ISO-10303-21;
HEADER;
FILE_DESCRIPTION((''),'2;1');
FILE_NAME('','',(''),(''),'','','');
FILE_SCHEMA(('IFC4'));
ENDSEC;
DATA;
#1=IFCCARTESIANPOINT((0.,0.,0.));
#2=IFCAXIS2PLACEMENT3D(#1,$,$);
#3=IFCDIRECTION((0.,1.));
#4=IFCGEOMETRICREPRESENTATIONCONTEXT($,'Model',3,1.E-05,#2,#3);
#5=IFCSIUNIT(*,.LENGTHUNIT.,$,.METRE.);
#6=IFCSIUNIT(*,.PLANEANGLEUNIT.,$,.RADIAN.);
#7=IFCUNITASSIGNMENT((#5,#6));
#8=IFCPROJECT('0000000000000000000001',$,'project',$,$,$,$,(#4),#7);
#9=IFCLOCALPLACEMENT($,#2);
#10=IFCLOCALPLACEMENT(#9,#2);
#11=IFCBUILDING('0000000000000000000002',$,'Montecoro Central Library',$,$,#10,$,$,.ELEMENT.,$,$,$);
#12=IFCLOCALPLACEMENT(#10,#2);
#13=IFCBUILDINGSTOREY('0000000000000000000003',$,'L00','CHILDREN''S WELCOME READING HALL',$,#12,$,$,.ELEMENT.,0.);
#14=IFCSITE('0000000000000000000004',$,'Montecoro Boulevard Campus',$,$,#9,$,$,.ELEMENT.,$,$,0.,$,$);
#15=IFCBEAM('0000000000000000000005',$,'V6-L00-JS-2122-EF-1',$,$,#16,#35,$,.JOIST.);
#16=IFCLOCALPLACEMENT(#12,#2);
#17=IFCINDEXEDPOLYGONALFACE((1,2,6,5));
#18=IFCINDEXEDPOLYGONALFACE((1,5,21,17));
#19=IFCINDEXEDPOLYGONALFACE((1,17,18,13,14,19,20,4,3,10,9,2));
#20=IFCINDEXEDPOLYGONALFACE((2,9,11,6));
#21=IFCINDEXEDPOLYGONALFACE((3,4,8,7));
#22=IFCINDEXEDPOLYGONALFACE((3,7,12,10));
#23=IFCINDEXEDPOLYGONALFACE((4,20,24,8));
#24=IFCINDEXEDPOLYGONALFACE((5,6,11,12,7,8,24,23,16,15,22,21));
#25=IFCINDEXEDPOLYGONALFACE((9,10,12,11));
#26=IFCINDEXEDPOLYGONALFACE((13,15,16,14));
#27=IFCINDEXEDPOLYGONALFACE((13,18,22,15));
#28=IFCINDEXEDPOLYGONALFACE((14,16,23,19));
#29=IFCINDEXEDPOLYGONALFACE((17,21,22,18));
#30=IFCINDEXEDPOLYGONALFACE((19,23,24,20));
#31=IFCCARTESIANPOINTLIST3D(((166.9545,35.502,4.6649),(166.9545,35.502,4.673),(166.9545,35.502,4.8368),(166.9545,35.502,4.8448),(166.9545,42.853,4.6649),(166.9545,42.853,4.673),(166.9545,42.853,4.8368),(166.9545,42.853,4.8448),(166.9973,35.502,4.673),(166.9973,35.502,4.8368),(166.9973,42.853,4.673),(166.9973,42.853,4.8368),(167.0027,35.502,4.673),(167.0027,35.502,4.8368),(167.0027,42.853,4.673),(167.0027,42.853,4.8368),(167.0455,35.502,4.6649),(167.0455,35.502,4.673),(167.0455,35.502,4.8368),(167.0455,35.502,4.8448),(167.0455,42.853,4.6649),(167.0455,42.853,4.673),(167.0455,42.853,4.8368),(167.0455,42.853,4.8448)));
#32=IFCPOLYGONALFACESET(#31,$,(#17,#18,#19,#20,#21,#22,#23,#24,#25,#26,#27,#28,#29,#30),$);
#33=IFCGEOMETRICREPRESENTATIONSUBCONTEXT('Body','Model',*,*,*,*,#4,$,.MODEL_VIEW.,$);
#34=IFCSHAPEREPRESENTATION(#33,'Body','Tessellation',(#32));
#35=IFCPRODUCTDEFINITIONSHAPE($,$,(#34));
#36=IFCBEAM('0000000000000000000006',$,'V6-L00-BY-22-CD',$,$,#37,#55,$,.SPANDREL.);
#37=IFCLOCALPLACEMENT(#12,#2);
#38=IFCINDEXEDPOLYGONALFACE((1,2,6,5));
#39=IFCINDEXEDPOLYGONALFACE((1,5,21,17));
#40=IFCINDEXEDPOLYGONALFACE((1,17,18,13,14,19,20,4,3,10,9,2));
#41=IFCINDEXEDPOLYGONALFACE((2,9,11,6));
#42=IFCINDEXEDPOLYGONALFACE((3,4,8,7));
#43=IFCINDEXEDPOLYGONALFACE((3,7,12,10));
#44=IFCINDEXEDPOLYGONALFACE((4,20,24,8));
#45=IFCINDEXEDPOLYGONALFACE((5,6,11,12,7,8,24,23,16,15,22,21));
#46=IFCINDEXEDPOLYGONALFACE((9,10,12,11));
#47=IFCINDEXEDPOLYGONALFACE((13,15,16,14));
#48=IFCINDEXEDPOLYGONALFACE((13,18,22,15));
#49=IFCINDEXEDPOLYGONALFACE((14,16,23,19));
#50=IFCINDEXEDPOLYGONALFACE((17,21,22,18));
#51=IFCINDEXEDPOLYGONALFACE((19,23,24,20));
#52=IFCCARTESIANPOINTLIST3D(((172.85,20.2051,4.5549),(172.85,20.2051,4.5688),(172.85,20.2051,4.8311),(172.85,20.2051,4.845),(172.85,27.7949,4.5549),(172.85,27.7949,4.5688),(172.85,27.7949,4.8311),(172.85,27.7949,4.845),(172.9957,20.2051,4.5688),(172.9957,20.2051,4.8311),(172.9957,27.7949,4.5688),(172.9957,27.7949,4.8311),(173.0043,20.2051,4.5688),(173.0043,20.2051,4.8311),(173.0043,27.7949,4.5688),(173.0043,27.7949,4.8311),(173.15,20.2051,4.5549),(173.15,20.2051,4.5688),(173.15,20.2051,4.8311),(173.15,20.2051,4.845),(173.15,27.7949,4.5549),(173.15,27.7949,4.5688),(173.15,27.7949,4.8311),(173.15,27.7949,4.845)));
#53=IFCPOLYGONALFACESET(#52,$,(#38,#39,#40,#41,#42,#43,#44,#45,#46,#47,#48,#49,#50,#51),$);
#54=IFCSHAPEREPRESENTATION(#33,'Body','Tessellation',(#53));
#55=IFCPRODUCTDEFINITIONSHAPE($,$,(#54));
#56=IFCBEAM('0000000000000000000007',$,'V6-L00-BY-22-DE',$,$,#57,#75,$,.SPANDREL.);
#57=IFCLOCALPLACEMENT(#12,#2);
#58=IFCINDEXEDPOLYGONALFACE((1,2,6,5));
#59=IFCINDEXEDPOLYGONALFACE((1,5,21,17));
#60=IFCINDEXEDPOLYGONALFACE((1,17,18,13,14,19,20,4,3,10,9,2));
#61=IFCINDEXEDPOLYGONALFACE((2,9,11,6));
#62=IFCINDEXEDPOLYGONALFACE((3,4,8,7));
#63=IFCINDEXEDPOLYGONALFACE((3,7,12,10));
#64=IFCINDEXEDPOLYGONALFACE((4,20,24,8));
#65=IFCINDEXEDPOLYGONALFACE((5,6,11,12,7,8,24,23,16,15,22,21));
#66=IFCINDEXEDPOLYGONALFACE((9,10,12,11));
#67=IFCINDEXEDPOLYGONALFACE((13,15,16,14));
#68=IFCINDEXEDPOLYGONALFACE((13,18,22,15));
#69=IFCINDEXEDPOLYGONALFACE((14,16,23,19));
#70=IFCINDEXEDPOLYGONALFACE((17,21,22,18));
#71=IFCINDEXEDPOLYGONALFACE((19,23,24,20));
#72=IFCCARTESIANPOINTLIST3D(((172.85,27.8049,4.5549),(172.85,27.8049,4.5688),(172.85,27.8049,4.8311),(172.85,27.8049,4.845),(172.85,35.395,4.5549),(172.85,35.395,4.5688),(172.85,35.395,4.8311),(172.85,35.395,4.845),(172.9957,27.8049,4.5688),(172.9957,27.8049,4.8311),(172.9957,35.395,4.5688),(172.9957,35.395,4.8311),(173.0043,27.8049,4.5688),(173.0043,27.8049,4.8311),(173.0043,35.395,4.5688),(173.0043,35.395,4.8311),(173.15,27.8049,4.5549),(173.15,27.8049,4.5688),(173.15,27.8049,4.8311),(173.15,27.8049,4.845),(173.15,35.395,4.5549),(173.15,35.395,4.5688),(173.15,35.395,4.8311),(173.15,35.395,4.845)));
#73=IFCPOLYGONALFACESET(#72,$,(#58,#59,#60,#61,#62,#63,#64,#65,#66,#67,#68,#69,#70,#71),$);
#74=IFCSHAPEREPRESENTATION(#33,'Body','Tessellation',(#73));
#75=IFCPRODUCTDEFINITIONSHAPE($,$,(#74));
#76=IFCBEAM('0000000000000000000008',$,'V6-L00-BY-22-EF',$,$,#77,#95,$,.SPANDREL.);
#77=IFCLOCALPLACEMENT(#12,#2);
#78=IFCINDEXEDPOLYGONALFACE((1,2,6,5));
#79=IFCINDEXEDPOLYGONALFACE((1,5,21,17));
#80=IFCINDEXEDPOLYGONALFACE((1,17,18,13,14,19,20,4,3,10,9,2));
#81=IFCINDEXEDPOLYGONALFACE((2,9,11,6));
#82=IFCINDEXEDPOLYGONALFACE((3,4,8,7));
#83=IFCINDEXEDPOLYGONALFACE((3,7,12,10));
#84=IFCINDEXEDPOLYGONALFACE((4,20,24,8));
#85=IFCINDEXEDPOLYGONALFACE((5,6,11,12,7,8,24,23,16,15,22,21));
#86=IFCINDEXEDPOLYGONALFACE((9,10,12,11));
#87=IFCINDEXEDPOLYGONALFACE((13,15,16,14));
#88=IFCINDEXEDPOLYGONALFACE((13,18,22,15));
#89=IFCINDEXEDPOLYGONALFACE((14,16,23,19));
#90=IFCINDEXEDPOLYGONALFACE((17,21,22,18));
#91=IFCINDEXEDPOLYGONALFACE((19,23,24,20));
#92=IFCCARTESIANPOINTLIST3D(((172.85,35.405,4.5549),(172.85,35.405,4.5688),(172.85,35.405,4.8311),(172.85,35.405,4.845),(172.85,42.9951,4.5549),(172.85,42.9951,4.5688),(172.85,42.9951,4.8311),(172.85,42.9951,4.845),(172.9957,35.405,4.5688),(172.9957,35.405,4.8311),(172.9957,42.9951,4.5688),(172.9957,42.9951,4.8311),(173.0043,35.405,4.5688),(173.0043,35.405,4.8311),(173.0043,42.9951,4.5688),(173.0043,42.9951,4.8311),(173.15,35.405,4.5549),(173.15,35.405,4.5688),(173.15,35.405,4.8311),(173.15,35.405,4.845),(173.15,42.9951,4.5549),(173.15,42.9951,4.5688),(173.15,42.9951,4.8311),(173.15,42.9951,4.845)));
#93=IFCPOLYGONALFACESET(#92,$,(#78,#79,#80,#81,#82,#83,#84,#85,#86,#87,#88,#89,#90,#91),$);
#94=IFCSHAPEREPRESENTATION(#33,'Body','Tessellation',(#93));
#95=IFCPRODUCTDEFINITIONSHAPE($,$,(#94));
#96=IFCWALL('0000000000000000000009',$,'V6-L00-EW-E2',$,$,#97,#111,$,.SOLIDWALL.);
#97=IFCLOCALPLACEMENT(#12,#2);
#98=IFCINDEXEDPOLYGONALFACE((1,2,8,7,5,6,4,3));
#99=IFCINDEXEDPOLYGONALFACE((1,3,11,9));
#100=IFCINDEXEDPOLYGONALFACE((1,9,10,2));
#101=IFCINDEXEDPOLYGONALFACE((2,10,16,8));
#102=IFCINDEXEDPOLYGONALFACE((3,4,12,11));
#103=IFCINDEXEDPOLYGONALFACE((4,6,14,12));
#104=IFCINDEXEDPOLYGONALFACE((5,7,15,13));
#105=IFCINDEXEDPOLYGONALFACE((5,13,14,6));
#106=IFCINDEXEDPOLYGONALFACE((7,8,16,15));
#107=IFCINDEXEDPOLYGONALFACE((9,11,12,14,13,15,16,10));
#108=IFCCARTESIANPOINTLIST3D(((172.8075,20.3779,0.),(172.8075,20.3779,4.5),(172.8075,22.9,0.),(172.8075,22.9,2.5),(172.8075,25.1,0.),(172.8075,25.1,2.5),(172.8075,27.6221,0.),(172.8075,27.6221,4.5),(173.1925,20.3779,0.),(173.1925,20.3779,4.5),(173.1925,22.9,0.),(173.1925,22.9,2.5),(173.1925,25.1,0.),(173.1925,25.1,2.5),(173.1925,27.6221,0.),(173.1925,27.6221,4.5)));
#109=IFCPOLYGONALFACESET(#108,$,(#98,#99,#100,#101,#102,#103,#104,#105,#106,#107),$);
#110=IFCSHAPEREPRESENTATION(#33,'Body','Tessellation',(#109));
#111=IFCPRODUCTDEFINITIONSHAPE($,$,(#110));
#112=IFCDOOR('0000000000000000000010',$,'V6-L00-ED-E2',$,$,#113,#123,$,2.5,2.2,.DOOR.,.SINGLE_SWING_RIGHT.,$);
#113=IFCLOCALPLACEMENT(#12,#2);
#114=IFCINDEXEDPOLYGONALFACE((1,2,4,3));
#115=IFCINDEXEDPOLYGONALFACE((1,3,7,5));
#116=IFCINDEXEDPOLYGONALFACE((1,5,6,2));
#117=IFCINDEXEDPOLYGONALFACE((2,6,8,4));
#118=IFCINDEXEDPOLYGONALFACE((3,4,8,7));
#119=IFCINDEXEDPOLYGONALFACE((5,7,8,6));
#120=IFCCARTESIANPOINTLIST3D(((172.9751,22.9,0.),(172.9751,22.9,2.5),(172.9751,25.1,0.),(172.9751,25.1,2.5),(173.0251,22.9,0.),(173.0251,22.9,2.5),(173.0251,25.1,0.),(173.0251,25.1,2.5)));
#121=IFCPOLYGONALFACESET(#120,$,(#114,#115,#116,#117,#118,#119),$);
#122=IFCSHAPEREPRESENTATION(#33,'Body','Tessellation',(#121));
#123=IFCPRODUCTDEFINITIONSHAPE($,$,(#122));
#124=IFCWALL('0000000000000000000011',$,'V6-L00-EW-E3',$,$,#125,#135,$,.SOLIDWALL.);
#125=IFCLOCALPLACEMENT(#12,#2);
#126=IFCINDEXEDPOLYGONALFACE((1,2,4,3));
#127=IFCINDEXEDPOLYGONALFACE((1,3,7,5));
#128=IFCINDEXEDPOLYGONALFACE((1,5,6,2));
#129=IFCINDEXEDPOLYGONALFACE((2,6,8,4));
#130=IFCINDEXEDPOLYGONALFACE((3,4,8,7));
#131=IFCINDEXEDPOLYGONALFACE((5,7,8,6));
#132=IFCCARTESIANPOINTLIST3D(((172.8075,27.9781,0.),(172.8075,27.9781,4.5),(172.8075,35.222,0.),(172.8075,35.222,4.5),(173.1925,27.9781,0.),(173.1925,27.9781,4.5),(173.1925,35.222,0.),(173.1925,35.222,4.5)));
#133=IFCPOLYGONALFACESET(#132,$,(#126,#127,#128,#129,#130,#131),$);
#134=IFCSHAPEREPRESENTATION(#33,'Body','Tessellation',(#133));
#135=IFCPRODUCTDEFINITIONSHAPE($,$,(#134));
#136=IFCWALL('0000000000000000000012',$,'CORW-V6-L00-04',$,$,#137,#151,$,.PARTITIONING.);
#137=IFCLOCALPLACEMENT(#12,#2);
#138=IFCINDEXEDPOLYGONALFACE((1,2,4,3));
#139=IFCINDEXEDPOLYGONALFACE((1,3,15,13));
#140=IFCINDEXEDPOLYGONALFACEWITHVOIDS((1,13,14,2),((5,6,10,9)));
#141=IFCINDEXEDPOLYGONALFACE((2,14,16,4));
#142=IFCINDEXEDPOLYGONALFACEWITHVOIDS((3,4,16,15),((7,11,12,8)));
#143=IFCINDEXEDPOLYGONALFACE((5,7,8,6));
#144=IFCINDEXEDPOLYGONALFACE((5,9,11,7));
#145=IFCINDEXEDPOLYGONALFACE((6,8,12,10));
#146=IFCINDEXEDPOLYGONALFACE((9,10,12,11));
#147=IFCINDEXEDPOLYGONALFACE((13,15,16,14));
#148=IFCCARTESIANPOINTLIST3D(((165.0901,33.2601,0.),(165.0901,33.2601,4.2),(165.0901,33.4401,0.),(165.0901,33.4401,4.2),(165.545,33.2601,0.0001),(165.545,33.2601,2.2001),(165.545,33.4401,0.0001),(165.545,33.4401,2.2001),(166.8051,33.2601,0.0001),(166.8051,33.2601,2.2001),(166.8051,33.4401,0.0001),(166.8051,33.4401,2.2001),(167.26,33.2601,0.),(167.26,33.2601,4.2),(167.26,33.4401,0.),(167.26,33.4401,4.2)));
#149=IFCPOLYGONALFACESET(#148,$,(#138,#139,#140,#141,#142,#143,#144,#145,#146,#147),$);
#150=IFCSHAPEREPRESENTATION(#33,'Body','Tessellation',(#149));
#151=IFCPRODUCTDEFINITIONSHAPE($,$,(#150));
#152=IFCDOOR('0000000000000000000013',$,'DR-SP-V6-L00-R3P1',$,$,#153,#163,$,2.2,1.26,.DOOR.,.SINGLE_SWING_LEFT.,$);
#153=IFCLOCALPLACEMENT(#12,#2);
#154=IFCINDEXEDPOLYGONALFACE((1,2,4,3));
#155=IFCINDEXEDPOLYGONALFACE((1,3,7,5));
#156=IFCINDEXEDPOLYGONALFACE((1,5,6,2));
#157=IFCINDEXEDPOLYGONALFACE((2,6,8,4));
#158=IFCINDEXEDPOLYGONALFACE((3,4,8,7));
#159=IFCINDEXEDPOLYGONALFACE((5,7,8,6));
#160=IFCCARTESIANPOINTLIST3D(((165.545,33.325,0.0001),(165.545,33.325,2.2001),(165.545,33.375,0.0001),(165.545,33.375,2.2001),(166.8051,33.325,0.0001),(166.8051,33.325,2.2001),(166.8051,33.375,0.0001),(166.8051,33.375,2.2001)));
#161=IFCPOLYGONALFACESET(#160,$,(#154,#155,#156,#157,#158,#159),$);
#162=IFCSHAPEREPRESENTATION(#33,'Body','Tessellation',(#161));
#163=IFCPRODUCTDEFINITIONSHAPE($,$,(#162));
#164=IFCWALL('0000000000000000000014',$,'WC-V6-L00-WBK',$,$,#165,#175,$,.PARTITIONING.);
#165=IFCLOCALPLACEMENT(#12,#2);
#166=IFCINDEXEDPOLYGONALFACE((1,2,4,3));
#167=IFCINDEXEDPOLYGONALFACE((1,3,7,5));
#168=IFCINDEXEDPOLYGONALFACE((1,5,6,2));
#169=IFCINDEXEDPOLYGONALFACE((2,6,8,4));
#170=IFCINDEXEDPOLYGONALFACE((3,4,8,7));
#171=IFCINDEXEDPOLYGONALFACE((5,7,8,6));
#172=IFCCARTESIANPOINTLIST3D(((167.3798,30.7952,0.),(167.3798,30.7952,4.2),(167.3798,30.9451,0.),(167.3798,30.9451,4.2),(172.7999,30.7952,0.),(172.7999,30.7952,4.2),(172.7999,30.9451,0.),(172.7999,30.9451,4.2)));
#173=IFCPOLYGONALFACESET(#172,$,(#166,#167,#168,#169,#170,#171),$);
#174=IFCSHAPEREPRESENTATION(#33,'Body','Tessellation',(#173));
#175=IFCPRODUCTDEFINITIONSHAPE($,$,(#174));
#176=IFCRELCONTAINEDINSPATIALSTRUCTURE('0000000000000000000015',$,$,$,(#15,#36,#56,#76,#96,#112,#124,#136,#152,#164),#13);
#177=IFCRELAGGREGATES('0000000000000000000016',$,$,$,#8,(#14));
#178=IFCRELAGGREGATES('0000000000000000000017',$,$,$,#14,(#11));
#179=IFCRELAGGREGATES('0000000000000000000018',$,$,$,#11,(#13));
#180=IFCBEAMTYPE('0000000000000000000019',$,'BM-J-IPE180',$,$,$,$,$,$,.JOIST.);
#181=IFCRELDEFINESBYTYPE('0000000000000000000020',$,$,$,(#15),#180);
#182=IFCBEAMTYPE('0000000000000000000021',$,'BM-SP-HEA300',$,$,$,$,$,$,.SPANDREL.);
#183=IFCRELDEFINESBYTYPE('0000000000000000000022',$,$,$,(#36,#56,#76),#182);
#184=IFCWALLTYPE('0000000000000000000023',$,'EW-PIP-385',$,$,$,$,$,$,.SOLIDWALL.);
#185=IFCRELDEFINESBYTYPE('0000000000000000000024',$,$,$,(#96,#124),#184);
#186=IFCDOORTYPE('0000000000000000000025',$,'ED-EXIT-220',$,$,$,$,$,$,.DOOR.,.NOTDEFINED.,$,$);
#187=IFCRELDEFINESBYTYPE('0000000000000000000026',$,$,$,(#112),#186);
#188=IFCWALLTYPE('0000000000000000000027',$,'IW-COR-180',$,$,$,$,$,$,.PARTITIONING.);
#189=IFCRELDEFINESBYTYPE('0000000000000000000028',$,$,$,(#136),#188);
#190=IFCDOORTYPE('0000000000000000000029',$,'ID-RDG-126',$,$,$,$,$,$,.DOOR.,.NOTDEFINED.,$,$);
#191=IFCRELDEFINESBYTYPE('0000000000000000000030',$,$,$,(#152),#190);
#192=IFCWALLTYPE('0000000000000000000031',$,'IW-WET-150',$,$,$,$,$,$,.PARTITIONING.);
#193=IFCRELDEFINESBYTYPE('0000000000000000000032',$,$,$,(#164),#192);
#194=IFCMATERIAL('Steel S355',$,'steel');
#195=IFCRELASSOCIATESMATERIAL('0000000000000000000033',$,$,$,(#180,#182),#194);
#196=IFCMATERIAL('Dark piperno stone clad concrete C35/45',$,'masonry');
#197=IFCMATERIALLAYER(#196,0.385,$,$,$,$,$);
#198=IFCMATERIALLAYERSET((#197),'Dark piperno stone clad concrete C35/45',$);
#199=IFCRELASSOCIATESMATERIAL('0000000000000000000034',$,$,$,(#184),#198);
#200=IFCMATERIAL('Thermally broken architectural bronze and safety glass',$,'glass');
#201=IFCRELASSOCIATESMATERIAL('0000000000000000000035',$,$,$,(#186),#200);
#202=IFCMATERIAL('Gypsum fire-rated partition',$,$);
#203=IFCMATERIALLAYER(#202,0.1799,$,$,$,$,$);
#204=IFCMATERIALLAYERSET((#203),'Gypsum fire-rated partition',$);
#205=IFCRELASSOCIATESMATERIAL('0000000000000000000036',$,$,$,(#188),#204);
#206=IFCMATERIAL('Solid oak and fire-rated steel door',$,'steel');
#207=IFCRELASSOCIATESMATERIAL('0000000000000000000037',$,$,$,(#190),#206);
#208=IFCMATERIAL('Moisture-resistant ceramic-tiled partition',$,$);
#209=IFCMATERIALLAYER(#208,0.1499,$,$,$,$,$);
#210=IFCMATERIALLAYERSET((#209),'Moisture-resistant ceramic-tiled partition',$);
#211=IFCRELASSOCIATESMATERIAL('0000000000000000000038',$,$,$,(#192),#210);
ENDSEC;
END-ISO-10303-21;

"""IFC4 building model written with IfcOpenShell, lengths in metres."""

from ifc_helpers import new_model, si_unit, direction, frame, frame_2d, origin, origin_2d, place, context, subcontext, project, spatial, rectangle, i_section, extrude, material, layer, layer_set, material_profile, profile_set, type_object, element, fill, save


model = new_model("IFC4")

# Units and contexts
model_context = context("Model", 3, precision=1e-05, world=origin(), true_north=direction((0.0, 1.0)))
body_context = subcontext(model_context, "Body", "Model", "MODEL_VIEW")
ifc_project = project(units=[si_unit("LENGTHUNIT", "METRE"), si_unit("PLANEANGLEUNIT", "RADIAN")], contexts=[model_context])

# Site, building, storey
site_placement = place(None, origin())
site = spatial("IfcSite", under=ifc_project, at=site_placement, Name="Montecoro Boulevard Campus", CompositionType="ELEMENT", RefElevation=0.0)
building_placement = place(site_placement, origin())
building = spatial("IfcBuilding", under=site, at=building_placement, Name="Montecoro Central Library", CompositionType="ELEMENT")
storey_placement = place(building_placement, origin())
storey = spatial("IfcBuildingStorey", under=building, at=storey_placement, Name="L00", Description="CHILDREN'S WELCOME READING HALL", CompositionType="ELEMENT", Elevation=0.0)

# Beams
ifc_material_1 = material(Name="Steel S355", Category="steel")
ifc_material_profile_1 = material_profile(ifc_material_1, i_section(OverallWidth=0.0911, OverallDepth=0.1799, WebThickness=0.0054, FlangeThickness=0.0081, at=origin_2d()), Name="IPE 180")
ifc_profile_set_1 = profile_set([ifc_material_profile_1], Name="Steel S355")
beam_type_1 = type_object("IfcBeamType", Name="BM-J-IPE180", PredefinedType="JOIST", material=ifc_profile_set_1)
beam_1_placement = place(storey_placement, frame((167.0, 35.502, 4.7549), z_axis=(0.0, 1.0, 0.0), x_axis=(-1.0, 0.0, 0.0)))
element("IfcBeam", 1, at=beam_1_placement, inside=storey, type_object=beam_type_1, Name="V6-L00-JS-2122-EF-1", PredefinedType="JOIST", context=body_context, shape_type="SweptSolid", body=[
    extrude(i_section(OverallWidth=0.0911, OverallDepth=0.1799, WebThickness=0.0054, FlangeThickness=0.0081, at=origin_2d()), origin(), (0.0, 0.0, 1.0), 7.3511),
])
ifc_material_profile_2 = material_profile(ifc_material_1, i_section(OverallWidth=0.3, OverallDepth=0.29, WebThickness=0.0085, FlangeThickness=0.0139, at=origin_2d()), Name="HEA 300")
ifc_profile_set_2 = profile_set([ifc_material_profile_2], Name="Steel S355")
beam_type_2 = type_object("IfcBeamType", Name="BM-SP-HEA300", PredefinedType="SPANDREL", material=ifc_profile_set_2)
beam_2_placement = place(storey_placement, frame((173.0, 20.2051, 4.7), z_axis=(0.0, 1.0, 0.0), x_axis=(-1.0, 0.0, 0.0)))
element("IfcBeam", 2, at=beam_2_placement, inside=storey, type_object=beam_type_2, Name="V6-L00-BY-22-CD", PredefinedType="SPANDREL", context=body_context, shape_type="SweptSolid", body=[
    extrude(i_section(OverallWidth=0.3, OverallDepth=0.29, WebThickness=0.0085, FlangeThickness=0.0139, at=origin_2d()), origin(), (0.0, 0.0, 1.0), 7.5898),
])
for number, where, z_axis, x_axis, name in (
    (3, (173.0, 27.8049, 4.7), (0.0, 1.0, 0.0), (-1.0, 0.0, 0.0), "V6-L00-BY-22-DE"),
    (4, (173.0, 35.405, 4.7), (0.0, 1.0, 0.0), (-1.0, 0.0, 0.0), "V6-L00-BY-22-EF"),
):
    element("IfcBeam", number, at=place(storey_placement, frame(where, z_axis=z_axis, x_axis=x_axis)), inside=storey, type_object=beam_type_2, Name=name, PredefinedType="SPANDREL", context=body_context, shape_type="SweptSolid", body=[
        extrude(i_section(OverallWidth=0.3, OverallDepth=0.29, WebThickness=0.0085, FlangeThickness=0.0139, at=origin_2d()), origin(), (0.0, 0.0, 1.0), 7.5901),
    ])

# Wall, opening, door
ifc_material_2 = material(Name="Dark piperno stone clad concrete C35/45", Category="masonry")
ifc_layer_1 = layer(ifc_material_2, 0.385)
ifc_layer_set_1 = layer_set([ifc_layer_1], Name="Dark piperno stone clad concrete C35/45")
wall_type_1 = type_object("IfcWallType", Name="EW-PIP-385", PredefinedType="SOLIDWALL", material=ifc_layer_set_1)
wall_1_placement = place(storey_placement, frame((173.0, 20.3779, 0.0), z_axis=(0.0, 0.0, 1.0), x_axis=(0.0, 1.0, 0.0)))
wall_1 = element("IfcWall", 5, at=wall_1_placement, inside=storey, type_object=wall_type_1, Name="V6-L00-EW-E2", PredefinedType="SOLIDWALL", context=body_context, shape_type="SweptSolid", body=[
    extrude(rectangle(XDim=7.2441, YDim=0.385, at=frame_2d((3.6221, 0.0))), origin(), (0.0, 0.0, 1.0), 4.5),
])
opening_1_placement = place(wall_1_placement, frame((2.522, 0.0, 0.0)))
opening_1 = element("IfcOpeningElement", 6, at=opening_1_placement, cuts=wall_1, PredefinedType="OPENING", context=body_context, shape_type="SweptSolid", body=[
    extrude(rectangle(XDim=2.2, YDim=2.5, at=frame_2d((1.1001, 1.25))), frame((0.0, 0.2024, 0.0), z_axis=(0.0, -1.0, 0.0), x_axis=(1.0, 0.0, 0.0)), (0.0, 0.0, 1.0), 0.405),
])
ifc_material_3 = material(Name="Thermally broken architectural bronze and safety glass", Category="glass")
door_type_1 = type_object("IfcDoorType", Name="ED-EXIT-220", OperationType="NOTDEFINED", PredefinedType="DOOR", material=ifc_material_3)
door_1_placement = place(opening_1_placement, origin())
door_1 = element("IfcDoor", 7, at=door_1_placement, inside=storey, type_object=door_type_1, Name="V6-L00-ED-E2", OperationType="SINGLE_SWING_RIGHT", OverallHeight=2.5, OverallWidth=2.2, PredefinedType="DOOR", context=body_context, shape_type="SweptSolid", body=[
    extrude(rectangle(XDim=2.2, YDim=2.5, at=frame_2d((1.1001, 1.25))), frame((0.0, 0.0249, 0.0), z_axis=(0.0, -1.0, 0.0), x_axis=(1.0, 0.0, 0.0)), (0.0, 0.0, 1.0), 0.05),
])
fill(opening_1, door_1)

# Wall
wall_2_placement = place(storey_placement, frame((173.0, 27.978, 0.0), z_axis=(0.0, 0.0, 1.0), x_axis=(0.0, 1.0, 0.0)))
element("IfcWall", 8, at=wall_2_placement, inside=storey, type_object=wall_type_1, Name="V6-L00-EW-E3", PredefinedType="SOLIDWALL", context=body_context, shape_type="SweptSolid", body=[
    extrude(rectangle(XDim=7.2439, YDim=0.385, at=frame_2d((3.6221, 0.0))), origin(), (0.0, 0.0, 1.0), 4.5),
])

# Wall, opening, door
ifc_material_4 = material(Name="Gypsum fire-rated partition")
ifc_layer_2 = layer(ifc_material_4, 0.1799)
ifc_layer_set_2 = layer_set([ifc_layer_2], Name="Gypsum fire-rated partition")
wall_type_2 = type_object("IfcWallType", Name="IW-COR-180", PredefinedType="PARTITIONING", material=ifc_layer_set_2)
wall_3_placement = place(storey_placement, frame((165.0901, 33.3501, 0.0), z_axis=(0.0, 0.0, 1.0), x_axis=(1.0, 0.0, 0.0)))
wall_3 = element("IfcWall", 9, at=wall_3_placement, inside=storey, type_object=wall_type_2, Name="CORW-V6-L00-04", PredefinedType="PARTITIONING", context=body_context, shape_type="SweptSolid", body=[
    extrude(rectangle(XDim=2.1699, YDim=0.1799, at=frame_2d((1.085, 0.0))), origin(), (0.0, 0.0, 1.0), 4.2),
])
opening_2_placement = place(wall_3_placement, frame((0.4551, 0.0, 0.0)))
opening_2 = element("IfcOpeningElement", 10, at=opening_2_placement, cuts=wall_3, PredefinedType="OPENING", context=body_context, shape_type="SweptSolid", body=[
    extrude(rectangle(XDim=1.26, YDim=2.2, at=frame_2d((0.6299, 1.1001))), frame((0.0, 0.0999, 0.0), z_axis=(0.0, -1.0, 0.0), x_axis=(1.0, 0.0, 0.0)), (0.0, 0.0, 1.0), 0.2),
])
ifc_material_5 = material(Name="Solid oak and fire-rated steel door", Category="steel")
door_type_2 = type_object("IfcDoorType", Name="ID-RDG-126", OperationType="NOTDEFINED", PredefinedType="DOOR", material=ifc_material_5)
door_2_placement = place(opening_2_placement, origin())
door_2 = element("IfcDoor", 11, at=door_2_placement, inside=storey, type_object=door_type_2, Name="DR-SP-V6-L00-R3P1", OperationType="SINGLE_SWING_LEFT", OverallHeight=2.2, OverallWidth=1.26, PredefinedType="DOOR", context=body_context, shape_type="SweptSolid", body=[
    extrude(rectangle(XDim=1.26, YDim=2.2, at=frame_2d((0.6299, 1.1001))), frame((0.0, 0.0249, 0.0), z_axis=(0.0, -1.0, 0.0), x_axis=(1.0, 0.0, 0.0)), (0.0, 0.0, 1.0), 0.05),
])
fill(opening_2, door_2)

# Wall
ifc_material_6 = material(Name="Moisture-resistant ceramic-tiled partition")
ifc_layer_3 = layer(ifc_material_6, 0.1499)
ifc_layer_set_3 = layer_set([ifc_layer_3], Name="Moisture-resistant ceramic-tiled partition")
wall_type_3 = type_object("IfcWallType", Name="IW-WET-150", PredefinedType="PARTITIONING", material=ifc_layer_set_3)
wall_4_placement = place(storey_placement, frame((167.3799, 30.8701, 0.0), z_axis=(0.0, 0.0, 1.0), x_axis=(1.0, 0.0, 0.0)))
element("IfcWall", 12, at=wall_4_placement, inside=storey, type_object=wall_type_3, Name="WC-V6-L00-WBK", PredefinedType="PARTITIONING", context=body_context, shape_type="SweptSolid", body=[
    extrude(rectangle(XDim=5.4202, YDim=0.1499, at=frame_2d((2.71, 0.0))), origin(), (0.0, 0.0, 1.0), 4.2),
])

save(model, "model.ifc")
